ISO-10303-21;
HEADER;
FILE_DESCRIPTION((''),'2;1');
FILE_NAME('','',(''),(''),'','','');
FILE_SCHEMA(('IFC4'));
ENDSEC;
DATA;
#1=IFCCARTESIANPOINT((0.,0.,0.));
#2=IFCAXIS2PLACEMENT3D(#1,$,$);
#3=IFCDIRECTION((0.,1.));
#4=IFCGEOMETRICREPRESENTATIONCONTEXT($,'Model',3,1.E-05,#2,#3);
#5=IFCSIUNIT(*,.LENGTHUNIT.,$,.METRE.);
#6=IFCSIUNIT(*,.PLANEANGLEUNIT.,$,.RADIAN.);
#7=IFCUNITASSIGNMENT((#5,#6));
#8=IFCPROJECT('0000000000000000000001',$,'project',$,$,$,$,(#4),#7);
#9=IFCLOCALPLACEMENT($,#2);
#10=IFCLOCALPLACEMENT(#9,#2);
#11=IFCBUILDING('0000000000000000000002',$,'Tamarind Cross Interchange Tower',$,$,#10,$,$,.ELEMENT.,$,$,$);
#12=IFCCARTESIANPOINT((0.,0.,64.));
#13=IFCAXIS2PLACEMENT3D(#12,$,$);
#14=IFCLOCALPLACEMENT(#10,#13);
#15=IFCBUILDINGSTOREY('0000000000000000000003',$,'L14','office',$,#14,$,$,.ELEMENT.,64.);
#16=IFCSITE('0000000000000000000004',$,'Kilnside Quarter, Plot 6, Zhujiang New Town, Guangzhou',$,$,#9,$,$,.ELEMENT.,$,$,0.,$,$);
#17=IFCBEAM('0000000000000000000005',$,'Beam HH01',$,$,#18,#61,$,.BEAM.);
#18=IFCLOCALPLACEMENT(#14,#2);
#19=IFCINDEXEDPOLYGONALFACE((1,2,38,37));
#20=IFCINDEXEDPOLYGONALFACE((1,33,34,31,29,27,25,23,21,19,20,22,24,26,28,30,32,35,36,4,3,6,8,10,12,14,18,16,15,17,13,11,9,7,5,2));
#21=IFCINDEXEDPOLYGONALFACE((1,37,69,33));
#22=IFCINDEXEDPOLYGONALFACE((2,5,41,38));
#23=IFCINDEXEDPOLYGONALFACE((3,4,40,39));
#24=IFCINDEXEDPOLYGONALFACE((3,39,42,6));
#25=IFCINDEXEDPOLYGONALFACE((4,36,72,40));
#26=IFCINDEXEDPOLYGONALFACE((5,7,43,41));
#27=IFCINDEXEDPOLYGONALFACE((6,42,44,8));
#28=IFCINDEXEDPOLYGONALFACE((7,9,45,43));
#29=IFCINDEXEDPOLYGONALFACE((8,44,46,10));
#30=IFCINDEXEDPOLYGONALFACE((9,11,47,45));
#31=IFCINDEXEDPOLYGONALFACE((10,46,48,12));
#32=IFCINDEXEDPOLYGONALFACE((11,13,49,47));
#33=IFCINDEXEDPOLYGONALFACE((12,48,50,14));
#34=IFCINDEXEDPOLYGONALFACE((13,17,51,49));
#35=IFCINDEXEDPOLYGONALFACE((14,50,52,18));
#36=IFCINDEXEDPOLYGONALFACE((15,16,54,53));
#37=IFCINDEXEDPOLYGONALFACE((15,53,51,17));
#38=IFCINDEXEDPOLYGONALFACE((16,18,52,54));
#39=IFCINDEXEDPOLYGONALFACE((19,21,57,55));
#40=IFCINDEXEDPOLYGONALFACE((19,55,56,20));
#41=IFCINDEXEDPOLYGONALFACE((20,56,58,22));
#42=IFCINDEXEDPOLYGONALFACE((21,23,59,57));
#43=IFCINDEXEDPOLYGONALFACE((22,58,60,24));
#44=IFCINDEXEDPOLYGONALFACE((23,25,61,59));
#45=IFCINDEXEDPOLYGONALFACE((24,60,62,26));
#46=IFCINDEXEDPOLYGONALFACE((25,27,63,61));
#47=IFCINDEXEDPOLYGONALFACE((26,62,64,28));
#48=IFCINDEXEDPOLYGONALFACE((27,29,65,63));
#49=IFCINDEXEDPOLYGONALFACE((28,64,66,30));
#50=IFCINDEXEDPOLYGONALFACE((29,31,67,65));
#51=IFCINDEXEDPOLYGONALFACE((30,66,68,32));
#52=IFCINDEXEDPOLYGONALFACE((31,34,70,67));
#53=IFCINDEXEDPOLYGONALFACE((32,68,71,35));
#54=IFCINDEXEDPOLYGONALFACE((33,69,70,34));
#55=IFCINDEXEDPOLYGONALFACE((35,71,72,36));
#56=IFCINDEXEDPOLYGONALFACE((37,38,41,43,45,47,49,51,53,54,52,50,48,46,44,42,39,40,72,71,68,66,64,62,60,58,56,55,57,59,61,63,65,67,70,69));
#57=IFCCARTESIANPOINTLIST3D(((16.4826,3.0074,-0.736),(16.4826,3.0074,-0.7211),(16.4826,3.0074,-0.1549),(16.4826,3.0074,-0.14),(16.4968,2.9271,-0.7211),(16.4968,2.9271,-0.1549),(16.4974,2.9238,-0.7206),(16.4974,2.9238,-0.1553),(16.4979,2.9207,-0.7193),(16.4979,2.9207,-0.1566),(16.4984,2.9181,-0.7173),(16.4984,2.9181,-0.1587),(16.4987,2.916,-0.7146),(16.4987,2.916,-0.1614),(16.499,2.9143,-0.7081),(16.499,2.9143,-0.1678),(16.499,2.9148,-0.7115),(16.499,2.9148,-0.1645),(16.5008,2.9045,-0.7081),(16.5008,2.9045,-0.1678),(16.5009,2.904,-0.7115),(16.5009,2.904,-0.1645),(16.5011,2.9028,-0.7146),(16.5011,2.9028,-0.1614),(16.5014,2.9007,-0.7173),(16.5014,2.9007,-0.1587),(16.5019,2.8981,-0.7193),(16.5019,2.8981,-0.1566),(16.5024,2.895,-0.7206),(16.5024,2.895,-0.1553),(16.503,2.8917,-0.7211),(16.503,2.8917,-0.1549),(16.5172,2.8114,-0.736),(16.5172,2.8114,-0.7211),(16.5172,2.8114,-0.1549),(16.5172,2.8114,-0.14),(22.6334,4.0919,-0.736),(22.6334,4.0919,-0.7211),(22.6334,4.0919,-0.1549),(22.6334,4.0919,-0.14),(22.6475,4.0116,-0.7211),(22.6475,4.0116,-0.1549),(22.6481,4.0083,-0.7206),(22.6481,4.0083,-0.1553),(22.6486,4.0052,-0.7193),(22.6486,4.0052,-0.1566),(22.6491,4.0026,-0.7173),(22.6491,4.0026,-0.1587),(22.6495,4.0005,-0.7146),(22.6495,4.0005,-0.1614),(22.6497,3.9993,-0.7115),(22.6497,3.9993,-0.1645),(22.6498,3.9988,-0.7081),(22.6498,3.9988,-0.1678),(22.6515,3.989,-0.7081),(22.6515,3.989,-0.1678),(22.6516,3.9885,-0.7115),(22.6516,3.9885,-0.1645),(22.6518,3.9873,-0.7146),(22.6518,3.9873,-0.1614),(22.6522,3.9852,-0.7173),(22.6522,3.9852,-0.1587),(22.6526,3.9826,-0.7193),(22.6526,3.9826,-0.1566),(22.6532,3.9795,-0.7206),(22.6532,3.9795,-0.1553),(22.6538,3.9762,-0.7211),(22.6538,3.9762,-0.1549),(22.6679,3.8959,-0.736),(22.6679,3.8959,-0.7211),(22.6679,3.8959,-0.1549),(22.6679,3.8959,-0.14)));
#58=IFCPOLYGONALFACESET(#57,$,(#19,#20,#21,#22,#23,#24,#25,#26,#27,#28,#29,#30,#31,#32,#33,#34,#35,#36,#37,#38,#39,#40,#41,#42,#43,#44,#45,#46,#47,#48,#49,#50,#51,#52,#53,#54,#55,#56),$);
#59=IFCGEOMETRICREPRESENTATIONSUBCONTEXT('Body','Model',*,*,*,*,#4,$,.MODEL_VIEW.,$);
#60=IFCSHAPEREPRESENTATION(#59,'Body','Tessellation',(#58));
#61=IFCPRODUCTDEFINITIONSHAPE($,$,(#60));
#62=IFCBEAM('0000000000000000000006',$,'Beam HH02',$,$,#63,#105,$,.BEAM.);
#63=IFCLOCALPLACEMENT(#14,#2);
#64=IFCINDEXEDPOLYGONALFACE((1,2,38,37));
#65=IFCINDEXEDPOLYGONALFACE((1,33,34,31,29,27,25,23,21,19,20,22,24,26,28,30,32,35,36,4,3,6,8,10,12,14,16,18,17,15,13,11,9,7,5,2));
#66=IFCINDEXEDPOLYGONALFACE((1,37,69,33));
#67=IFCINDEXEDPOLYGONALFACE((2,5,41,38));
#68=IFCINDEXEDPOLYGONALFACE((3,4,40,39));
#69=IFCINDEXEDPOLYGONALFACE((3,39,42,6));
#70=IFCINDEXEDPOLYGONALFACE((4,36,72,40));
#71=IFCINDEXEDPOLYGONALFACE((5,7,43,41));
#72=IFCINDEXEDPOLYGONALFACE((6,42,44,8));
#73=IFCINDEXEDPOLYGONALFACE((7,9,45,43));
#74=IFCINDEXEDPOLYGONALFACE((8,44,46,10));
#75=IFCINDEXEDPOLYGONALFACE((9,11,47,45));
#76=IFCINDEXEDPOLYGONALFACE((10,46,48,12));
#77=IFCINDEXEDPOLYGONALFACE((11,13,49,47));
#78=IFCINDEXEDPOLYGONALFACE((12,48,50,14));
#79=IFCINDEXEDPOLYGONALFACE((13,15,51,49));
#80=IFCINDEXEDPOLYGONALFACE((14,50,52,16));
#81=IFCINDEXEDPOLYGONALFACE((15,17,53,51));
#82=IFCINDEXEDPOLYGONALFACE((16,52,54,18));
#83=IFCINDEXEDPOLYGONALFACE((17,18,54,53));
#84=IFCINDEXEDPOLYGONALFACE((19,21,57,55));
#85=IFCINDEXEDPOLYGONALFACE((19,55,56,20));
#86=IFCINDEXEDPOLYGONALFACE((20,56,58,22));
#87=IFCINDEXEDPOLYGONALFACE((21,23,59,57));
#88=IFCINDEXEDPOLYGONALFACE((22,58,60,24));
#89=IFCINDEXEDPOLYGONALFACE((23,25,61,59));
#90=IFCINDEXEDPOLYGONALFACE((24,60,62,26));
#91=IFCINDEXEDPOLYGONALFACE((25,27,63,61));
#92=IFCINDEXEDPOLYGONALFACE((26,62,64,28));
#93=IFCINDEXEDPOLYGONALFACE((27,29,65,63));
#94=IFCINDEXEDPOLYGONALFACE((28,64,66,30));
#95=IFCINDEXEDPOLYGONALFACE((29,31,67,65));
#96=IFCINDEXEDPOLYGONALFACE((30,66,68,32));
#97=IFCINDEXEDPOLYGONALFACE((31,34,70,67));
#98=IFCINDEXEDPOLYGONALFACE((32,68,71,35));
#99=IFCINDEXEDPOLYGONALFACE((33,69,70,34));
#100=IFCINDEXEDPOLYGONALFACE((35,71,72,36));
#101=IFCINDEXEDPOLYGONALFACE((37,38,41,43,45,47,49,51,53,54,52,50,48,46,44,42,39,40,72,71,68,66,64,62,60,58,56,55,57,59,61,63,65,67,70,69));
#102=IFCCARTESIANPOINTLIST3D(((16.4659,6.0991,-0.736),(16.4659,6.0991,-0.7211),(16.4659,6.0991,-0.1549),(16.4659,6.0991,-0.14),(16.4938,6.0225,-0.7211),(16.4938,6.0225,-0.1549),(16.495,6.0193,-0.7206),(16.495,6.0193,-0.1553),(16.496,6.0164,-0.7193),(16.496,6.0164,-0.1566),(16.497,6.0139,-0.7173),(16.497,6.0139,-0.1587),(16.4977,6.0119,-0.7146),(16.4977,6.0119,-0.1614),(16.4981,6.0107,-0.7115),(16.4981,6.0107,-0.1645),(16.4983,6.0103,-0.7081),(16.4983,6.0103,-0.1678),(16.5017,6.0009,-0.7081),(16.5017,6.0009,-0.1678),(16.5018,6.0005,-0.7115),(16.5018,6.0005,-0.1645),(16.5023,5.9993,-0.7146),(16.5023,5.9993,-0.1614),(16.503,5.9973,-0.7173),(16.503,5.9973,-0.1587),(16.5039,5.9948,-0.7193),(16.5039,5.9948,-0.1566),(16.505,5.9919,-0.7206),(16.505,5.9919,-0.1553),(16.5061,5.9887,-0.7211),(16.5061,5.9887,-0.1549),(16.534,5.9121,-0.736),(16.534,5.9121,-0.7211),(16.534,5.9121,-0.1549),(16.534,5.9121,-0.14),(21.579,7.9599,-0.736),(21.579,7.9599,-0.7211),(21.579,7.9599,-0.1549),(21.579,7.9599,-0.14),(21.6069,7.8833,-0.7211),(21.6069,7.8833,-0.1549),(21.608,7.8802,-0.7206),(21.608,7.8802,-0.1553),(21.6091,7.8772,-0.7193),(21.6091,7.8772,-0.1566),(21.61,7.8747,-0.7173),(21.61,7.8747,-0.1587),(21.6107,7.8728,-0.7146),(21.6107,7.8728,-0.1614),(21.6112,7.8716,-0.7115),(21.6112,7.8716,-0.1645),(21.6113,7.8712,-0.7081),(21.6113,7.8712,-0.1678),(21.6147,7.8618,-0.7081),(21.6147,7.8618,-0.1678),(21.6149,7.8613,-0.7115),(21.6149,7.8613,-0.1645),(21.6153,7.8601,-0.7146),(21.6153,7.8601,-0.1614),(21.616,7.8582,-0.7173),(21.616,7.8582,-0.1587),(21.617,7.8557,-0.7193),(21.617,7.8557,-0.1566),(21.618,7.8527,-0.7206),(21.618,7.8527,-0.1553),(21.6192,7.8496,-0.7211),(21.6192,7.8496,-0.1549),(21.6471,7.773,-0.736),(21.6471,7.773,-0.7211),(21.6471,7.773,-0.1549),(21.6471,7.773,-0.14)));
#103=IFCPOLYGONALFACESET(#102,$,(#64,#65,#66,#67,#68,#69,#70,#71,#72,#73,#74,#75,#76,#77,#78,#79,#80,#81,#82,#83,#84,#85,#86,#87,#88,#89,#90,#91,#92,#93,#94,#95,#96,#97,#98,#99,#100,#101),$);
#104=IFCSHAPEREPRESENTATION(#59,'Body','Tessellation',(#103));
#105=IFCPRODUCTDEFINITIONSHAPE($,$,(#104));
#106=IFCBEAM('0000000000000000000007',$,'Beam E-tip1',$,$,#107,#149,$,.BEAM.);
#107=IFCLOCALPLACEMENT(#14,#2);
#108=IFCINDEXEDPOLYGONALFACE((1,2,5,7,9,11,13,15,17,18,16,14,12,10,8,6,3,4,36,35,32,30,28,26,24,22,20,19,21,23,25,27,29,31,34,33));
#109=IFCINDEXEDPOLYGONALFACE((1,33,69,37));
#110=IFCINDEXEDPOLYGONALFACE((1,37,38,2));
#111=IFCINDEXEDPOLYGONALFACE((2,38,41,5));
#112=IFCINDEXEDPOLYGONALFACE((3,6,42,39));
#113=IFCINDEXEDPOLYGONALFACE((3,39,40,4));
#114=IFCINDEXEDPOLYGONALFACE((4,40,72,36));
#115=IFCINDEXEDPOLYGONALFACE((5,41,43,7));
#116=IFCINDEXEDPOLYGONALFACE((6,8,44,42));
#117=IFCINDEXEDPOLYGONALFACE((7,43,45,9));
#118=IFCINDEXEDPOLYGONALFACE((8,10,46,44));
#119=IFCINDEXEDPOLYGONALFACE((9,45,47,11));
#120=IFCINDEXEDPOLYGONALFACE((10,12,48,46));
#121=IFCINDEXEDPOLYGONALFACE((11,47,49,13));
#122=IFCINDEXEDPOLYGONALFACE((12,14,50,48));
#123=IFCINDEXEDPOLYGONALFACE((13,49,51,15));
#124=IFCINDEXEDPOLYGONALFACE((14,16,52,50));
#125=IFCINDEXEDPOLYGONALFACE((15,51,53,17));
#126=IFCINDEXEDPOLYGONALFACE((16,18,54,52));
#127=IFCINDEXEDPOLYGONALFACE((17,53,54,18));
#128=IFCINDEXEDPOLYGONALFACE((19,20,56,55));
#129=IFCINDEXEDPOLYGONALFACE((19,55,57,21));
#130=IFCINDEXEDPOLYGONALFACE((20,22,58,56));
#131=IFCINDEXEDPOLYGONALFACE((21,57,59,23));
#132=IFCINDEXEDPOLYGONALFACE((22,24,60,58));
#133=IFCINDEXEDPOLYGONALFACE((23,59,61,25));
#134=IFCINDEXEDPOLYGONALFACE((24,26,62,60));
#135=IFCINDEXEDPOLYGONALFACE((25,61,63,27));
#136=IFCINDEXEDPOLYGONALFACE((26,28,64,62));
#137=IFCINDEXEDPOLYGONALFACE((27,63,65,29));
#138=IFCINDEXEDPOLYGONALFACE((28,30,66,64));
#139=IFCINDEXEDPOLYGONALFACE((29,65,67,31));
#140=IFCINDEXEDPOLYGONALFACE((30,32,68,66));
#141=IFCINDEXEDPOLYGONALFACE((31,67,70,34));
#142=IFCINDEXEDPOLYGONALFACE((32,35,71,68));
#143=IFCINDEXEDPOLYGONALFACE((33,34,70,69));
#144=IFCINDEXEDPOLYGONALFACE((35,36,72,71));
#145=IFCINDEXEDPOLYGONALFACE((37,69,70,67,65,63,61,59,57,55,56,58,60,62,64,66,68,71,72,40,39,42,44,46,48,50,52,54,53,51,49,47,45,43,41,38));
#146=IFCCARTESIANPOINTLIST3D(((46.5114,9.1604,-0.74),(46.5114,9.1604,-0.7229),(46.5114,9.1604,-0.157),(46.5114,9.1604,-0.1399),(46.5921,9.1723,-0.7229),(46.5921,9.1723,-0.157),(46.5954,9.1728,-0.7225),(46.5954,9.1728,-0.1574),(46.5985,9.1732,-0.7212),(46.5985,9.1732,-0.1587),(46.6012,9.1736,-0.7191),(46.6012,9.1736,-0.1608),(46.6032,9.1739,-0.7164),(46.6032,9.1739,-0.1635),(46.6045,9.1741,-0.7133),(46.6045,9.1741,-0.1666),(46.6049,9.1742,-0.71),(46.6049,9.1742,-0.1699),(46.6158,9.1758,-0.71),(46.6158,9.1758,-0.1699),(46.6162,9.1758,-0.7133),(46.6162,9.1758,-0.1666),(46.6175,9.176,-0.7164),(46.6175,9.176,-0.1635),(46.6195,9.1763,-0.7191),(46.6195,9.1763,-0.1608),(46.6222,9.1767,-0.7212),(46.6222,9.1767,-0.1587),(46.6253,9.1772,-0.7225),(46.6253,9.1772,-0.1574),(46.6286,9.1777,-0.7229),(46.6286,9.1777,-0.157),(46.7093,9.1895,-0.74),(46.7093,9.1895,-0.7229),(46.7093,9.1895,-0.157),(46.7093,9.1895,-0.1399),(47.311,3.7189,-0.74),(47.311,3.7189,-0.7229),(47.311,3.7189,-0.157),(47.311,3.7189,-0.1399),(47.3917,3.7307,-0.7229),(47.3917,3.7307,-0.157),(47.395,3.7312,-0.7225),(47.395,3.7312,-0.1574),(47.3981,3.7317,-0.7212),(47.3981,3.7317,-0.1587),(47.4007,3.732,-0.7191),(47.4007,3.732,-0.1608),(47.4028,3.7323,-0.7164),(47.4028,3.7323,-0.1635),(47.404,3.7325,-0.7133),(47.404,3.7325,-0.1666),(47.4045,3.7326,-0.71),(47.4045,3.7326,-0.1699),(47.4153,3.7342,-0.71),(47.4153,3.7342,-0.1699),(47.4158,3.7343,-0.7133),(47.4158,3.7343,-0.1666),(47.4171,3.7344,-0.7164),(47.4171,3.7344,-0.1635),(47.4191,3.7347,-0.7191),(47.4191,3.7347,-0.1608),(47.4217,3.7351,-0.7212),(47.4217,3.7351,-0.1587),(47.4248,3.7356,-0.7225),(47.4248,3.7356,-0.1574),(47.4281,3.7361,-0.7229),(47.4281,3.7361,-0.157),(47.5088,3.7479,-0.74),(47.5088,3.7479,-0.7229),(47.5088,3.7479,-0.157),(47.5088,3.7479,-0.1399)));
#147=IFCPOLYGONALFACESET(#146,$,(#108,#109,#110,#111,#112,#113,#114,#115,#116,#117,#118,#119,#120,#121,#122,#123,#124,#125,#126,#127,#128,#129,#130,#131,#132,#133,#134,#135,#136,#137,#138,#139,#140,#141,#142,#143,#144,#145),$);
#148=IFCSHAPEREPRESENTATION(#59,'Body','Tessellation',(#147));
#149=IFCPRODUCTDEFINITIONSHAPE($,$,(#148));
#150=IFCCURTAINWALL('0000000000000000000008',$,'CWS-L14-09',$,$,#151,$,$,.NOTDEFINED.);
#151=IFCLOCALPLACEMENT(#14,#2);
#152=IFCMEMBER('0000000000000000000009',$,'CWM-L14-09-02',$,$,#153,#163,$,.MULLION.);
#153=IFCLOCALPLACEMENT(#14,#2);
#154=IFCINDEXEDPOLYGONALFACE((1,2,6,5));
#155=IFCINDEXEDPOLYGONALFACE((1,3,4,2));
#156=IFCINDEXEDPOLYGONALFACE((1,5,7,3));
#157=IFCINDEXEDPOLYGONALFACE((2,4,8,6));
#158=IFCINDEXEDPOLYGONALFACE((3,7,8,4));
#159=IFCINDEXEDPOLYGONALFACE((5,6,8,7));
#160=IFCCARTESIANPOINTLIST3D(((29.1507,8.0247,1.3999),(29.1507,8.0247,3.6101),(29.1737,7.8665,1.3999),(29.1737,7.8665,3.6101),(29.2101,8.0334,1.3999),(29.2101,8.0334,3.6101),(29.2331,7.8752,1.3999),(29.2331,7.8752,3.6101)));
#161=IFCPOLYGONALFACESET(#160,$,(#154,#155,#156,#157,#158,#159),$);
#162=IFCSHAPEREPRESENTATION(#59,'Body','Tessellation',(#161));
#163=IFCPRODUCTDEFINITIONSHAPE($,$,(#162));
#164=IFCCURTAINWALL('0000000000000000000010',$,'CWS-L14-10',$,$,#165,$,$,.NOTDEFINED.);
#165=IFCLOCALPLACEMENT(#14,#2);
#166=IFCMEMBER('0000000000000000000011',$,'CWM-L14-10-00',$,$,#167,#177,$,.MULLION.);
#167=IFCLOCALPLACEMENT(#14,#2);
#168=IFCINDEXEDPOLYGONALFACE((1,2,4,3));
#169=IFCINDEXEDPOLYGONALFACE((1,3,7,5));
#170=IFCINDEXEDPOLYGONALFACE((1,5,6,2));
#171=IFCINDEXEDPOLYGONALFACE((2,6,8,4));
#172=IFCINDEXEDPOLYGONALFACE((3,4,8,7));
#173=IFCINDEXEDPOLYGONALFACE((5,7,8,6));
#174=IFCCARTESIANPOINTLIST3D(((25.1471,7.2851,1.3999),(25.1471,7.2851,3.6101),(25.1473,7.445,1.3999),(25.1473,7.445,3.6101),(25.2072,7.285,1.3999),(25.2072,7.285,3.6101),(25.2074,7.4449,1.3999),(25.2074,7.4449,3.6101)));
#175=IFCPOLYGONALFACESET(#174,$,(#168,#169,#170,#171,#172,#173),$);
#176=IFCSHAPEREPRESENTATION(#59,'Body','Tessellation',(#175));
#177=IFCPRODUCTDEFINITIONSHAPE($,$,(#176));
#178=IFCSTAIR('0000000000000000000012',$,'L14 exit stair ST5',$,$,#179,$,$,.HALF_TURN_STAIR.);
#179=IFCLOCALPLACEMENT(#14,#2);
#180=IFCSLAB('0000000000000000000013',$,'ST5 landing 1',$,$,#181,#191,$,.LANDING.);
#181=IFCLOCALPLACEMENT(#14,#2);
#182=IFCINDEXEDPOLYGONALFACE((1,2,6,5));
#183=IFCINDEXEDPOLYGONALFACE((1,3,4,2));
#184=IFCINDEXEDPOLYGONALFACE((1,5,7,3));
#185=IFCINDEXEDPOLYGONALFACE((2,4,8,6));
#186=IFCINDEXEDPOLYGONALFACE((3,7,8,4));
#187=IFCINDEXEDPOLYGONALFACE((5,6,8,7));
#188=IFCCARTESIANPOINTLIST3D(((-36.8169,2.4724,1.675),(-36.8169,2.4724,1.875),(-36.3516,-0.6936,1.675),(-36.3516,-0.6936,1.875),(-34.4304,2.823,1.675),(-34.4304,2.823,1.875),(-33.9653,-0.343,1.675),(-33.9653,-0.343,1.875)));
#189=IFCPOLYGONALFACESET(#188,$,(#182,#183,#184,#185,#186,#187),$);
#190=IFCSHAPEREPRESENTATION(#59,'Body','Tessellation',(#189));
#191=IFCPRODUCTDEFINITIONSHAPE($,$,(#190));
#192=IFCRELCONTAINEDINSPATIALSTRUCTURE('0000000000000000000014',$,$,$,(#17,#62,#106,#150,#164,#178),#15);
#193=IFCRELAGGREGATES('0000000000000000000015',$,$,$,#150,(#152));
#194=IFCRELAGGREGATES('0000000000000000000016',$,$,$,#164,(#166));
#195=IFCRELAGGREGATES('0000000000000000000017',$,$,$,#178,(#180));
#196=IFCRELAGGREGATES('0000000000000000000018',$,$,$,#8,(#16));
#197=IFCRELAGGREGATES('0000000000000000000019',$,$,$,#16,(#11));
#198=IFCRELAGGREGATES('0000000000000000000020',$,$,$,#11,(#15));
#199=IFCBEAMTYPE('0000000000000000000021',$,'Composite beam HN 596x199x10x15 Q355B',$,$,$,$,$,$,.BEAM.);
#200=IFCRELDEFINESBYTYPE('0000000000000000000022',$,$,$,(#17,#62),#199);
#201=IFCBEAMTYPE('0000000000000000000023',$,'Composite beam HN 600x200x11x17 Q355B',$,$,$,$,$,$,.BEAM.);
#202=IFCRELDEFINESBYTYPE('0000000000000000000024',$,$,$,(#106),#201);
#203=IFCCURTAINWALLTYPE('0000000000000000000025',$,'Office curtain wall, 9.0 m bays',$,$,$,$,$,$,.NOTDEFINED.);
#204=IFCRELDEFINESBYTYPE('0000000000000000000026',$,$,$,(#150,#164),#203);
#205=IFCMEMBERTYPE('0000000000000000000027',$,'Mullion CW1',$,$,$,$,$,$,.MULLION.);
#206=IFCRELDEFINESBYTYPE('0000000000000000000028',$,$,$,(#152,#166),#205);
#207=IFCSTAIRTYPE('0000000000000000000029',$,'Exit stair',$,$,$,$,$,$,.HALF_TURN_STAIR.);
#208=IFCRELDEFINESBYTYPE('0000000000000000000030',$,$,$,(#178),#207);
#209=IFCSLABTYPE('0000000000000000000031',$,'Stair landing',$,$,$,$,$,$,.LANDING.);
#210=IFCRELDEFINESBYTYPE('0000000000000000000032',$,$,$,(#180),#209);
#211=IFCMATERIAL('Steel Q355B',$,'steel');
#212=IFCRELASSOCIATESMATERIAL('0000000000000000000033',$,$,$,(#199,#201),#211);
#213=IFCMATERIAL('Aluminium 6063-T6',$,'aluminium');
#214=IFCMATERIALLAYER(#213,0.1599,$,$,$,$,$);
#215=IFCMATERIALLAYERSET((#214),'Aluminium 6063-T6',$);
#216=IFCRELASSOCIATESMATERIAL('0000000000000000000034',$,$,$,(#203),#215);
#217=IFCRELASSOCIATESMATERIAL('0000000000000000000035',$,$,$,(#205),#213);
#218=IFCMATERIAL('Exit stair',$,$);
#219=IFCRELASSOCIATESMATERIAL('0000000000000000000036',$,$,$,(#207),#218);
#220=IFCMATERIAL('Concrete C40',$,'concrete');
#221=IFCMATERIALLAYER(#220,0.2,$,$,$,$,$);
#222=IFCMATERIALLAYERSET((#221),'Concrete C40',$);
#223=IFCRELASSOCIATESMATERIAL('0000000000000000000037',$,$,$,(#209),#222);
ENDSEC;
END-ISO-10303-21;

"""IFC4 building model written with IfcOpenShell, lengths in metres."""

from ifc_helpers import new_model, si_unit, direction, frame, origin, origin_2d, place, context, subcontext, project, spatial, polyline, rectangle, i_section, outline, extrude, material, layer, layer_set, material_profile, profile_set, type_object, element, aggregate, save


model = new_model("IFC4")

# Units and contexts
model_context = context("Model", 3, precision=1e-05, world=origin(), true_north=direction((0.0, 1.0)))
body_context = subcontext(model_context, "Body", "Model", "MODEL_VIEW")
ifc_project = project(units=[si_unit("LENGTHUNIT", "METRE"), si_unit("PLANEANGLEUNIT", "RADIAN")], contexts=[model_context])

# Site, building, storey
site_placement = place(None, origin())
site = spatial("IfcSite", under=ifc_project, at=site_placement, Name="Kilnside Quarter, Plot 6, Zhujiang New Town, Guangzhou", CompositionType="ELEMENT", RefElevation=0.0)
building_placement = place(site_placement, origin())
building = spatial("IfcBuilding", under=site, at=building_placement, Name="Tamarind Cross Interchange Tower", CompositionType="ELEMENT")
storey_placement = place(building_placement, frame((0.0, 0.0, 64.0)))
storey = spatial("IfcBuildingStorey", under=building, at=storey_placement, Name="L14", Description="office", CompositionType="ELEMENT", Elevation=64.0)

# Beams
ifc_material_1 = material(Name="Steel Q355B", Category="steel")
ifc_material_profile_1 = material_profile(ifc_material_1, i_section(OverallWidth=0.199, OverallDepth=0.5959, WebThickness=0.01, FlangeThickness=0.0149, FilletRadius=0.0129, at=origin_2d()), Name="HN 596x199x10x15")
ifc_profile_set_1 = profile_set([ifc_material_profile_1], Name="Steel Q355B")
beam_type_1 = type_object("IfcBeamType", Name="Composite beam HN 596x199x10x15 Q355B", PredefinedType="BEAM", material=ifc_profile_set_1)
beam_1_placement = place(storey_placement, frame((22.6506, 3.9939, -0.438), z_axis=(-0.984809, -0.17364, 0.0), x_axis=(0.17364, -0.984809, 0.0)))
element("IfcBeam", 1, at=beam_1_placement, inside=storey, type_object=beam_type_1, Name="Beam HH01", PredefinedType="BEAM", context=body_context, shape_type="SweptSolid", body=[
    extrude(i_section(OverallWidth=0.199, OverallDepth=0.5959, WebThickness=0.01, FlangeThickness=0.0149, FilletRadius=0.0129, at=origin_2d()), origin(), (0.0, 0.0, 1.0), 6.2456),
])
beam_2_placement = place(storey_placement, frame((21.613, 7.8665, -0.438), z_axis=(-0.939702, -0.341995, 0.0), x_axis=(0.341995, -0.939702, 0.0)))
element("IfcBeam", 2, at=beam_2_placement, inside=storey, type_object=beam_type_1, Name="Beam HH02", PredefinedType="BEAM", context=body_context, shape_type="SweptSolid", body=[
    extrude(i_section(OverallWidth=0.199, OverallDepth=0.5959, WebThickness=0.01, FlangeThickness=0.0149, FilletRadius=0.0129, at=origin_2d()), origin(), (0.0, 0.0, 1.0), 5.4412),
])
ifc_material_profile_2 = material_profile(ifc_material_1, i_section(OverallWidth=0.2, OverallDepth=0.6001, WebThickness=0.011, FlangeThickness=0.0171, FilletRadius=0.0129, at=origin_2d()), Name="HN 600x200x11x17")
ifc_profile_set_2 = profile_set([ifc_material_profile_2], Name="Steel Q355B")
beam_type_2 = type_object("IfcBeamType", Name="Composite beam HN 600x200x11x17 Q355B", PredefinedType="BEAM", material=ifc_profile_set_2)
beam_3_placement = place(storey_placement, frame((47.4099, 3.7334, -0.4399), z_axis=(-0.145373, 0.989377, 0.0), x_axis=(-0.989377, -0.145373, 0.0)))
element("IfcBeam", 3, at=beam_3_placement, inside=storey, type_object=beam_type_2, Name="Beam E-tip1", PredefinedType="BEAM", context=body_context, shape_type="SweptSolid", body=[
    extrude(i_section(OverallWidth=0.2, OverallDepth=0.6001, WebThickness=0.011, FlangeThickness=0.0171, FilletRadius=0.0129, at=origin_2d()), origin(), (0.0, 0.0, 1.0), 5.5),
])

# Curtain walls, members
ifc_material_2 = material(Name="Aluminium 6063-T6", Category="aluminium")
ifc_layer_1 = layer(ifc_material_2, 0.1599)
ifc_layer_set_1 = layer_set([ifc_layer_1], Name="Aluminium 6063-T6")
curtain_wall_type = type_object("IfcCurtainWallType", Name="Office curtain wall, 9.0 m bays", PredefinedType="NOTDEFINED", material=ifc_layer_set_1)
curtain_wall_1_placement = place(storey_placement, origin())
curtain_wall_1 = element("IfcCurtainWall", 4, at=curtain_wall_1_placement, inside=storey, type_object=curtain_wall_type, Name="CWS-L14-09", PredefinedType="NOTDEFINED")
ifc_material_profile_3 = material_profile(ifc_material_2, rectangle(XDim=0.0601, YDim=0.1599, at=origin_2d()), Name="Mullion CW1")
ifc_profile_set_3 = profile_set([ifc_material_profile_3], Name="Aluminium 6063-T6")
member_type = type_object("IfcMemberType", Name="Mullion CW1", PredefinedType="MULLION", material=ifc_profile_set_3)
member_1_placement = place(storey_placement, frame((29.1919, 7.95, 1.3999), z_axis=(0.0, 0.0, 1.0), x_axis=(-0.98955, -0.144187, 0.0)))
member_1 = element("IfcMember", 5, at=member_1_placement, type_object=member_type, Name="CWM-L14-09-02", PredefinedType="MULLION", context=body_context, shape_type="SweptSolid", body=[
    extrude(rectangle(XDim=0.0601, YDim=0.1599, at=origin_2d()), origin(), (0.0, 0.0, 1.0), 2.2102),
])
aggregate(curtain_wall_1, [member_1])
curtain_wall_2_placement = place(storey_placement, origin())
curtain_wall_2 = element("IfcCurtainWall", 6, at=curtain_wall_2_placement, inside=storey, type_object=curtain_wall_type, Name="CWS-L14-10", PredefinedType="NOTDEFINED")
member_2_placement = place(storey_placement, frame((25.1772, 7.365, 1.3999), z_axis=(0.0, 0.0, 1.0), x_axis=(-1.0, 0.000957, 0.0)))
member_2 = element("IfcMember", 7, at=member_2_placement, type_object=member_type, Name="CWM-L14-10-00", PredefinedType="MULLION", context=body_context, shape_type="SweptSolid", body=[
    extrude(rectangle(XDim=0.0601, YDim=0.1599, at=origin_2d()), origin(), (0.0, 0.0, 1.0), 2.2102),
])
aggregate(curtain_wall_2, [member_2])

# Stair, slab
ifc_material_3 = material(Name="Exit stair")
stair_type = type_object("IfcStairType", Name="Exit stair", PredefinedType="HALF_TURN_STAIR", material=ifc_material_3)
stair_1_placement = place(storey_placement, origin())
stair_1 = element("IfcStair", 8, at=stair_1_placement, inside=storey, type_object=stair_type, Name="L14 exit stair ST5", PredefinedType="HALF_TURN_STAIR")
ifc_material_4 = material(Name="Concrete C40", Category="concrete")
ifc_layer_2 = layer(ifc_material_4, 0.2)
ifc_layer_set_2 = layer_set([ifc_layer_2], Name="Concrete C40")
slab_type = type_object("IfcSlabType", Name="Stair landing", PredefinedType="LANDING", material=ifc_layer_set_2)
slab_1_placement = place(storey_placement, frame((0.0, 0.0, 1.675)))
slab_1 = element("IfcSlab", 9, at=slab_1_placement, type_object=slab_type, Name="ST5 landing 1", PredefinedType="LANDING", context=body_context, shape_type="SweptSolid", body=[
    extrude(outline(polyline([(-34.4304, 2.823), (-36.8169, 2.4724), (-36.3516, -0.6936), (-33.9653, -0.343), (-34.4304, 2.823)])), origin(), (0.0, 0.0, 1.0), 0.2),
])
aggregate(stair_1, [slab_1])

save(model, "model.ifc")
